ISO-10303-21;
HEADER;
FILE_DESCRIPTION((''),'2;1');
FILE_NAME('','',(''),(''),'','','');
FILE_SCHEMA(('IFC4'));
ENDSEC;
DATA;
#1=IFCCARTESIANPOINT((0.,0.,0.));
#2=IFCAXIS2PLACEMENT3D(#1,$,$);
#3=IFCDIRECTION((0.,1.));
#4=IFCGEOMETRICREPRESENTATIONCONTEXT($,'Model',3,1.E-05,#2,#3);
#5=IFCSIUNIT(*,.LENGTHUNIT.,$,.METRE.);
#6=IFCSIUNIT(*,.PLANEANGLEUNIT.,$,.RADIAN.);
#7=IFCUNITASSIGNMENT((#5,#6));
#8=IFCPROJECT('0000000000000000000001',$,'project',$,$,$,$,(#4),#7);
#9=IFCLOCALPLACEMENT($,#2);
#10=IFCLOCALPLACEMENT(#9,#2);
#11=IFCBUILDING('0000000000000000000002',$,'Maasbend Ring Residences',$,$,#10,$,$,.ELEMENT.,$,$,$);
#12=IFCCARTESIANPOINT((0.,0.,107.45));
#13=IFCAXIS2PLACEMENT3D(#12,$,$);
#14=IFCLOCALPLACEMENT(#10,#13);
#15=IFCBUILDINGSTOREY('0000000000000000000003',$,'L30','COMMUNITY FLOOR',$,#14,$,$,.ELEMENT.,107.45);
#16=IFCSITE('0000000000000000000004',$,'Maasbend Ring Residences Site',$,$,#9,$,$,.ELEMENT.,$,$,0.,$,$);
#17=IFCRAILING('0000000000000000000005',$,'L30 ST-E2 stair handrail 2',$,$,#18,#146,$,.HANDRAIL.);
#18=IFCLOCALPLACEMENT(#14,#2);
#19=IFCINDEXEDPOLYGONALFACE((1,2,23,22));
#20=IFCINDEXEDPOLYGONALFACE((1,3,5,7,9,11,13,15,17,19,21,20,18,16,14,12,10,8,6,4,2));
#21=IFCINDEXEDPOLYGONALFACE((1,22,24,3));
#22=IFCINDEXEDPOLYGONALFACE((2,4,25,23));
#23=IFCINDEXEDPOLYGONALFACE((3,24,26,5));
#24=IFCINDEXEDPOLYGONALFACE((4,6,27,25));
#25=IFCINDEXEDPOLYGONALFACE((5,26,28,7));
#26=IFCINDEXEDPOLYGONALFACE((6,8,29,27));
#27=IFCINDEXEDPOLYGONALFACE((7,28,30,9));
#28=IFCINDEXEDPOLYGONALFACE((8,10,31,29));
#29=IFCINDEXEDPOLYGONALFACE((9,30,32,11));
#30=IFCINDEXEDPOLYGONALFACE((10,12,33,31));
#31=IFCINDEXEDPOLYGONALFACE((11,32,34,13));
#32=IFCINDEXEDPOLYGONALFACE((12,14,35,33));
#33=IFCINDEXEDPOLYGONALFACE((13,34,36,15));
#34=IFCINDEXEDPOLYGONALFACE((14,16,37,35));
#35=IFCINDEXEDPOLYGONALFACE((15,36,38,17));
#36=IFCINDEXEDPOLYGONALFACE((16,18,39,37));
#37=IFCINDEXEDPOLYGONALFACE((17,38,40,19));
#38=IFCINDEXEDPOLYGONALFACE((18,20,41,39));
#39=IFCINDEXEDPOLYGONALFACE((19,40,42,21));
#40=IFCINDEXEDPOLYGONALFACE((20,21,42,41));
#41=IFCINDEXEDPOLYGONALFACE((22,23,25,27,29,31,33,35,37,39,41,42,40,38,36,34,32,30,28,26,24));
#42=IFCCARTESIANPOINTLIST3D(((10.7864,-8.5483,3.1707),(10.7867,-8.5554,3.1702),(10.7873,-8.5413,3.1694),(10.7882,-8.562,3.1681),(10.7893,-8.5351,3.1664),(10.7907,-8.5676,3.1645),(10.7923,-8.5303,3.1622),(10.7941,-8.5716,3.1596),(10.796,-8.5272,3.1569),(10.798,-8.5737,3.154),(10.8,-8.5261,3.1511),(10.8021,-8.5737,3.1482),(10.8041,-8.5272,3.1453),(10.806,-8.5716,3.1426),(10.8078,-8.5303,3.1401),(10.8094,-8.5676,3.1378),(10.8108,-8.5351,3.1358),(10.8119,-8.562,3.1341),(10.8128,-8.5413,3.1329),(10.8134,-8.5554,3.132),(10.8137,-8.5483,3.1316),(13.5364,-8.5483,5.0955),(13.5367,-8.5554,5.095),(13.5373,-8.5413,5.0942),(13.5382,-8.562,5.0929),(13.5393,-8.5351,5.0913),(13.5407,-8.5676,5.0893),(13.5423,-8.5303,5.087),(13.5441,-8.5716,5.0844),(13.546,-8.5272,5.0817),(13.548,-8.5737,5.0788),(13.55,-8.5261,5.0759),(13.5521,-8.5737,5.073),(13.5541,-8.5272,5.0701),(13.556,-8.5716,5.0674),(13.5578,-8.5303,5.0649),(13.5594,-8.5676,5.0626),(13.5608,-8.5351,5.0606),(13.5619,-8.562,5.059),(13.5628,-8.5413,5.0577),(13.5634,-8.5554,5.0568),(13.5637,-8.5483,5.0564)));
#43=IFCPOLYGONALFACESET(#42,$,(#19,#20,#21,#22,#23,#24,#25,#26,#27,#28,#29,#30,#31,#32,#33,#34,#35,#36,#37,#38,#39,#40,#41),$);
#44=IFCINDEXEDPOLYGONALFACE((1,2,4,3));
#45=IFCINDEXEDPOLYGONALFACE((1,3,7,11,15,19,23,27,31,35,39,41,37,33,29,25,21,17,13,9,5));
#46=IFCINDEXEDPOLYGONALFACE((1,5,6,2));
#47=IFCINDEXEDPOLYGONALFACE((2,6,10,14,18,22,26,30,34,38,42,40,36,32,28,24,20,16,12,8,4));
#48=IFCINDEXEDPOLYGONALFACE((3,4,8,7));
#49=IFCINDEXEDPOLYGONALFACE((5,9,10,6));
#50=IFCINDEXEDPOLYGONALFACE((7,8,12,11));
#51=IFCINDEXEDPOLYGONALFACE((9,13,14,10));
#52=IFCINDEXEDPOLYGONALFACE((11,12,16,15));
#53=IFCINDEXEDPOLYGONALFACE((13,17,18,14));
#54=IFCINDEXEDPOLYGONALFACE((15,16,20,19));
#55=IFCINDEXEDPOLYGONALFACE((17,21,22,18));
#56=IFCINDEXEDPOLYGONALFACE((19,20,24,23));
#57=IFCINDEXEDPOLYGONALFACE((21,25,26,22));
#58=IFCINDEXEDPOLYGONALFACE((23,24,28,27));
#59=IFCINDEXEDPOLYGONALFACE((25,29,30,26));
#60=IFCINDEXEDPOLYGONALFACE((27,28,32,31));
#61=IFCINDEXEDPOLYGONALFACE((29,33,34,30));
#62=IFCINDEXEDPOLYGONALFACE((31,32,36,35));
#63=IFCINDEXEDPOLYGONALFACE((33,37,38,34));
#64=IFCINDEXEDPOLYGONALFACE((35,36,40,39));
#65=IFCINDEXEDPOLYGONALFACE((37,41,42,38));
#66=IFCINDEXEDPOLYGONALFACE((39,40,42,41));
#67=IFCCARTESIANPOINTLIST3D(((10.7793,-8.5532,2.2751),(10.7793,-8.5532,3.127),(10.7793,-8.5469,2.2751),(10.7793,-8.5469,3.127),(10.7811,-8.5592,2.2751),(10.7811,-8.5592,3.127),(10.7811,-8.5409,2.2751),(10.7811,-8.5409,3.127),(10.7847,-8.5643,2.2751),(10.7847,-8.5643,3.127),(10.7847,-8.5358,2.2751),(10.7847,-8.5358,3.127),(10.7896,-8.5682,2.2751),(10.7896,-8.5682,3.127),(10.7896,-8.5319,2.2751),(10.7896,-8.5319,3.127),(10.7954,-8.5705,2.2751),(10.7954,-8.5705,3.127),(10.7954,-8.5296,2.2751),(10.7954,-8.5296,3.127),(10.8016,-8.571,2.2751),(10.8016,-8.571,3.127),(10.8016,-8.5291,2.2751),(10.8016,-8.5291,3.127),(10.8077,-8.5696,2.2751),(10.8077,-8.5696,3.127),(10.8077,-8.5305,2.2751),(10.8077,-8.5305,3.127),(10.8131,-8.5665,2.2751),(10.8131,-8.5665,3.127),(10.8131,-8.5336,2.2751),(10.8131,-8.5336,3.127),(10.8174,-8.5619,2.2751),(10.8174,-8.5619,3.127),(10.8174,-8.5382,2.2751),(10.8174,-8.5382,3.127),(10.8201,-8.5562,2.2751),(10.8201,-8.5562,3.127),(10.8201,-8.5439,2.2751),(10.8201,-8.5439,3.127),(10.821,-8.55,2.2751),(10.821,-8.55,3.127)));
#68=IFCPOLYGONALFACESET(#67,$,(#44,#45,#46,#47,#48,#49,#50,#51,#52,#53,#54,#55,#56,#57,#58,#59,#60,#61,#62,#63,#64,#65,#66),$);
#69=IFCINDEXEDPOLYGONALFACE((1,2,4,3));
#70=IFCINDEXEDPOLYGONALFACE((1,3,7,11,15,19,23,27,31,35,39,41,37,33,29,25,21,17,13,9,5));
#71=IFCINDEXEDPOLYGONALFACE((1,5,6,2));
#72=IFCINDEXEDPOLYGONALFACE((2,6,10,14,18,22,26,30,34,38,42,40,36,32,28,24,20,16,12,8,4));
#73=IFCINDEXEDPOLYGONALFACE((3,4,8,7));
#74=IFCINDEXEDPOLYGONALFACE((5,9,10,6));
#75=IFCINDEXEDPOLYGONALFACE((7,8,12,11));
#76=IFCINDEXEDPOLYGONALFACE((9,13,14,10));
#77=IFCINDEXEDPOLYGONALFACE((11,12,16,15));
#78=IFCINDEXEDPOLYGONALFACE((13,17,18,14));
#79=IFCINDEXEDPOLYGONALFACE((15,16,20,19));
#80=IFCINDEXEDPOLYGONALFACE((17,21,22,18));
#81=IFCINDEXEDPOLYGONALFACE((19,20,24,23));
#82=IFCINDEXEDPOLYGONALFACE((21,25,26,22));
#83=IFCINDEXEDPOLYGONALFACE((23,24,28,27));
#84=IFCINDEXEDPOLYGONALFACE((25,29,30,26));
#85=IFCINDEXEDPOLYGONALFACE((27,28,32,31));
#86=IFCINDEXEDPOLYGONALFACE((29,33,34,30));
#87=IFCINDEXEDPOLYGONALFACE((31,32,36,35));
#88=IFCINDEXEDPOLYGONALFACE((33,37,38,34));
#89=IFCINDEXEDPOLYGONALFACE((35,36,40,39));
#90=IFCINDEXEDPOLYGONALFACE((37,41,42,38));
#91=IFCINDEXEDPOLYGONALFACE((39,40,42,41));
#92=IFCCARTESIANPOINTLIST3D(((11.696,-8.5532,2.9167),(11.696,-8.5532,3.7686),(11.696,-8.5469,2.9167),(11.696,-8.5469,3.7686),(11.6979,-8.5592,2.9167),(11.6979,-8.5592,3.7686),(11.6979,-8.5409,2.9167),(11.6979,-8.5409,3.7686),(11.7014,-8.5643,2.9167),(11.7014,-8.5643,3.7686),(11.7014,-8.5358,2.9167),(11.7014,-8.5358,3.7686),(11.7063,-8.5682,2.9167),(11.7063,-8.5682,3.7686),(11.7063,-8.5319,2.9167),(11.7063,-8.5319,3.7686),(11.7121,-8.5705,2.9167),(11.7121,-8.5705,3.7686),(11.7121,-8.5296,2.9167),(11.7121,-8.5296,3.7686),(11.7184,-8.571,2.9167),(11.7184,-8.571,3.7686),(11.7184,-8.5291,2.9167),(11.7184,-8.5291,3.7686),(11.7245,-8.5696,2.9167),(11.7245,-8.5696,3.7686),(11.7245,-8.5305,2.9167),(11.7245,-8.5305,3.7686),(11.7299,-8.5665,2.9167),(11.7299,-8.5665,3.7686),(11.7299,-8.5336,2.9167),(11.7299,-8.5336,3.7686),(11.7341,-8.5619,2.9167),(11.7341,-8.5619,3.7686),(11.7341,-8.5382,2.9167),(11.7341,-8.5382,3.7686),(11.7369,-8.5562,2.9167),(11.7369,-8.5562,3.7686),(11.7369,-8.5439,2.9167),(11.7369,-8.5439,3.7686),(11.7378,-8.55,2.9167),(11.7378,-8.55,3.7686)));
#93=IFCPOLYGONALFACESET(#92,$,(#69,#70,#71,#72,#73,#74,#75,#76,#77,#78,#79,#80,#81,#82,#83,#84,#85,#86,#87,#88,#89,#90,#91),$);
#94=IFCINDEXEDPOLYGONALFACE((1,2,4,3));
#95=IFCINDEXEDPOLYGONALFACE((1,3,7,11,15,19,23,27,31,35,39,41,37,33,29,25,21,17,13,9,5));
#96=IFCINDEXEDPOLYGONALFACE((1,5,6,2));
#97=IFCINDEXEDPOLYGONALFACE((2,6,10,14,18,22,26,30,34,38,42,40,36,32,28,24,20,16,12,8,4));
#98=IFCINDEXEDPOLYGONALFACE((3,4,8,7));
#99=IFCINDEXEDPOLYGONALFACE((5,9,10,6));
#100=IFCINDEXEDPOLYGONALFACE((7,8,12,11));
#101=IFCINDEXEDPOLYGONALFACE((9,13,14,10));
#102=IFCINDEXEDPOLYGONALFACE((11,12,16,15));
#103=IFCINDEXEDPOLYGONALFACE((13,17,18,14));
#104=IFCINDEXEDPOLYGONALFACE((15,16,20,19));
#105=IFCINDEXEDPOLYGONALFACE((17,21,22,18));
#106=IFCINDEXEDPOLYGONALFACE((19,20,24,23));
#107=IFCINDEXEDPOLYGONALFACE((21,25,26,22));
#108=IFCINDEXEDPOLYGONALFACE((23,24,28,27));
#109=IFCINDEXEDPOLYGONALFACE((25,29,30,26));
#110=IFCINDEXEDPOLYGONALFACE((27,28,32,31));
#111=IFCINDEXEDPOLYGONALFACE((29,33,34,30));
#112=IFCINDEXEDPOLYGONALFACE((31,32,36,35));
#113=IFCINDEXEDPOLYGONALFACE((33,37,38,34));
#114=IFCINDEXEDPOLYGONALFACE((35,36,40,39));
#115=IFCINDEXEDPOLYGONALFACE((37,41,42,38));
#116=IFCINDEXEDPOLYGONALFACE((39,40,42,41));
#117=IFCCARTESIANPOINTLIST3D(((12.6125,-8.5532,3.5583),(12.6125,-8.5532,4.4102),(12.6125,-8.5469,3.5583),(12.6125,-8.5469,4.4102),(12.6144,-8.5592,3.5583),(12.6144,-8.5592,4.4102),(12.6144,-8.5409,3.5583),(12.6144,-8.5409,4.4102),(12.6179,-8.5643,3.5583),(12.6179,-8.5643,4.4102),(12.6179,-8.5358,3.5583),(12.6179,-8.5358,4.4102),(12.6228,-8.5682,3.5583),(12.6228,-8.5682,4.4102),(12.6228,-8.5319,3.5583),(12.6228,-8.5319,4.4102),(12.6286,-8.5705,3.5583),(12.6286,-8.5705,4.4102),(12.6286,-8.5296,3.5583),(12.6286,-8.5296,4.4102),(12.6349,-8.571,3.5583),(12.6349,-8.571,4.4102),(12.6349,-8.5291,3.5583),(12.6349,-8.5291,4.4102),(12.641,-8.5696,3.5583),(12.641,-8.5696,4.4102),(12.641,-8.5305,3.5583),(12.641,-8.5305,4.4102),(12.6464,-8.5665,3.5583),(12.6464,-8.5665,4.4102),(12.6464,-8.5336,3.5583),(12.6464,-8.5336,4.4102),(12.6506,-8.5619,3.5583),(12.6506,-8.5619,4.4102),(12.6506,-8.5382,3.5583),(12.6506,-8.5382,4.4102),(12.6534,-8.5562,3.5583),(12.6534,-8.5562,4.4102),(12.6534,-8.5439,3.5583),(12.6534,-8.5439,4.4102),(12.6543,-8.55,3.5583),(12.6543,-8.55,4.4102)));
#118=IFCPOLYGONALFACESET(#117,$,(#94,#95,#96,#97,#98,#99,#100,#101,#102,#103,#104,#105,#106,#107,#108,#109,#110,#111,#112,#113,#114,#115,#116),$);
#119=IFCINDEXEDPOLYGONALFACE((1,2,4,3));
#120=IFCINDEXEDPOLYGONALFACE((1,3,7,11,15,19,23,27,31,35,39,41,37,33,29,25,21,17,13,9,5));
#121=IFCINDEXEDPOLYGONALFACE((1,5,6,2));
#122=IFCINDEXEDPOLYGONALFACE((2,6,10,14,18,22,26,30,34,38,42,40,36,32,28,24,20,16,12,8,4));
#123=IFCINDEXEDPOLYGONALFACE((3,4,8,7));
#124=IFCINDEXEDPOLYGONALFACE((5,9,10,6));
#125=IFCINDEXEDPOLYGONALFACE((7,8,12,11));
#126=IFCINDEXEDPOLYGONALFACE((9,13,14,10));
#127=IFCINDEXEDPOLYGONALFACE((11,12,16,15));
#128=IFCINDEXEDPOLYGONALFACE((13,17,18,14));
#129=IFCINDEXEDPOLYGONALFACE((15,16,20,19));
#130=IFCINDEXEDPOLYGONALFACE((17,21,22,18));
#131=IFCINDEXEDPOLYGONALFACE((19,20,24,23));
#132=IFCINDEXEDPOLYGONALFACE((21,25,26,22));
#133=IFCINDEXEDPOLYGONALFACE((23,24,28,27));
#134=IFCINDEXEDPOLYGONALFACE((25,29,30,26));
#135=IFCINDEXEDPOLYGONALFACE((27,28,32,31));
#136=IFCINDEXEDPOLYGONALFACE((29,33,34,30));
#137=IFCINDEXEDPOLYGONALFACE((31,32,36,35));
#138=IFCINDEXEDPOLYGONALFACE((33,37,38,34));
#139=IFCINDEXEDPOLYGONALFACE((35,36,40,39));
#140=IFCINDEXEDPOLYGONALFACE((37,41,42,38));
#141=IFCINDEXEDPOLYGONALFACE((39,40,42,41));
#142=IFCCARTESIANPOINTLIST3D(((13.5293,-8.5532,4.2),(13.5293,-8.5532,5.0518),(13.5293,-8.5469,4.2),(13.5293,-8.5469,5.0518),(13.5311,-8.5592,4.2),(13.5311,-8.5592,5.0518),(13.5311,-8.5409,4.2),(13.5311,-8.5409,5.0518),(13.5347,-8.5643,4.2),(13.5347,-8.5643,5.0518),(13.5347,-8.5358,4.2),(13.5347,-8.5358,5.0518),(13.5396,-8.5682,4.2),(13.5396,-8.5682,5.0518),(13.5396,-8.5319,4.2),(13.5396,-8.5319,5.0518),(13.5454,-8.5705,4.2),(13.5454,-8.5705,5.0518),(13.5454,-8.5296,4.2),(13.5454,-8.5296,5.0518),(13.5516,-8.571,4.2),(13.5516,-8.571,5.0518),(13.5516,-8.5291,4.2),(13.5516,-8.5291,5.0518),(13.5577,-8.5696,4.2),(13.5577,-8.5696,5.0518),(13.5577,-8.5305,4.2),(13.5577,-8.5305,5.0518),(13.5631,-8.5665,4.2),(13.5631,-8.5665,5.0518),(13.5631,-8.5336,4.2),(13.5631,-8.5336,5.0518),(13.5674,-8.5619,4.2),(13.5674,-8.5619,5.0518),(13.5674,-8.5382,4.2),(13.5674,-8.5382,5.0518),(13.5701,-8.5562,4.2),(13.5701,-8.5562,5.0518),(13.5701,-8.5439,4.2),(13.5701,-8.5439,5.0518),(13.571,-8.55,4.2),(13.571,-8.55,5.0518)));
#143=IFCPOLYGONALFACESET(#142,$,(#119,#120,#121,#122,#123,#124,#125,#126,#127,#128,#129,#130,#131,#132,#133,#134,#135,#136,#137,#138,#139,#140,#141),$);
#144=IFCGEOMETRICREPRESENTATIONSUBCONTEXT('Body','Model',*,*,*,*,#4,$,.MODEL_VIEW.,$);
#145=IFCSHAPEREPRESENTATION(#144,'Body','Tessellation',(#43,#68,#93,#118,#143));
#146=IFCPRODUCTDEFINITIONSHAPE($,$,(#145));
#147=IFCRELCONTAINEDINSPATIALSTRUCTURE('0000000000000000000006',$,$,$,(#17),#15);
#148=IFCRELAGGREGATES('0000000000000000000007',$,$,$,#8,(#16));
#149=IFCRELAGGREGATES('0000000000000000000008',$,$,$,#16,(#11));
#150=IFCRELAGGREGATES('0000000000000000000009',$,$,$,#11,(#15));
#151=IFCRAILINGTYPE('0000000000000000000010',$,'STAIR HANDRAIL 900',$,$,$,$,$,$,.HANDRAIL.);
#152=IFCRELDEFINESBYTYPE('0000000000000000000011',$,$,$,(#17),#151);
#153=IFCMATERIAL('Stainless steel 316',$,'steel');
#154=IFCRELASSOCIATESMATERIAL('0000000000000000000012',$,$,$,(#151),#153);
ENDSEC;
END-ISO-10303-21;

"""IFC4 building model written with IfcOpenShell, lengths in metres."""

from ifc_helpers import new_model, si_unit, direction, frame, origin, origin_2d, place, context, subcontext, project, spatial, circle, extrude, material, type_object, element, save


model = new_model("IFC4")

# Units and contexts
model_context = context("Model", 3, precision=1e-05, world=origin(), true_north=direction((0.0, 1.0)))
body_context = subcontext(model_context, "Body", "Model", "MODEL_VIEW")
ifc_project = project(units=[si_unit("LENGTHUNIT", "METRE"), si_unit("PLANEANGLEUNIT", "RADIAN")], contexts=[model_context])

# Site, building, storey
site_placement = place(None, origin())
site = spatial("IfcSite", under=ifc_project, at=site_placement, Name="Maasbend Ring Residences Site", CompositionType="ELEMENT", RefElevation=0.0)
building_placement = place(site_placement, origin())
building = spatial("IfcBuilding", under=site, at=building_placement, Name="Maasbend Ring Residences", CompositionType="ELEMENT")
storey_placement = place(building_placement, frame((0.0, 0.0, 107.45)))
storey = spatial("IfcBuildingStorey", under=building, at=storey_placement, Name="L30", Description="COMMUNITY FLOOR", CompositionType="ELEMENT", Elevation=107.45)

# Railing
ifc_material_1 = material(Name="Stainless steel 316", Category="steel")
railing_type = type_object("IfcRailingType", Name="STAIR HANDRAIL 900", PredefinedType="HANDRAIL", material=ifc_material_1)
railing_placement = place(storey_placement, frame((10.8, -8.55, 2.2751)))
element("IfcRailing", 1, at=railing_placement, inside=storey, type_object=railing_type, Name="L30 ST-E2 stair handrail 2", PredefinedType="HANDRAIL", context=body_context, shape_type="SweptSolid", body=[
    extrude(circle(Radius=0.0239, at=origin_2d()), frame((0.0, 0.0, 0.876), z_axis=(0.819259, 0.0, 0.573423), x_axis=(0.0, 1.0, 0.0)), (0.0, 0.0, 1.0), 3.3567),
    extrude(circle(Radius=0.021, at=origin_2d()), origin(), (0.0, 0.0, 1.0), 0.8518),
    extrude(circle(Radius=0.021, at=origin_2d()), frame((0.9167, 0.0, 0.6416)), (0.0, 0.0, 1.0), 0.8518),
    extrude(circle(Radius=0.021, at=origin_2d()), frame((1.8333, 0.0, 1.2832)), (0.0, 0.0, 1.0), 0.8518),
    extrude(circle(Radius=0.021, at=origin_2d()), frame((2.75, 0.0, 1.9248)), (0.0, 0.0, 1.0), 0.8518),
])

save(model, "model.ifc")
